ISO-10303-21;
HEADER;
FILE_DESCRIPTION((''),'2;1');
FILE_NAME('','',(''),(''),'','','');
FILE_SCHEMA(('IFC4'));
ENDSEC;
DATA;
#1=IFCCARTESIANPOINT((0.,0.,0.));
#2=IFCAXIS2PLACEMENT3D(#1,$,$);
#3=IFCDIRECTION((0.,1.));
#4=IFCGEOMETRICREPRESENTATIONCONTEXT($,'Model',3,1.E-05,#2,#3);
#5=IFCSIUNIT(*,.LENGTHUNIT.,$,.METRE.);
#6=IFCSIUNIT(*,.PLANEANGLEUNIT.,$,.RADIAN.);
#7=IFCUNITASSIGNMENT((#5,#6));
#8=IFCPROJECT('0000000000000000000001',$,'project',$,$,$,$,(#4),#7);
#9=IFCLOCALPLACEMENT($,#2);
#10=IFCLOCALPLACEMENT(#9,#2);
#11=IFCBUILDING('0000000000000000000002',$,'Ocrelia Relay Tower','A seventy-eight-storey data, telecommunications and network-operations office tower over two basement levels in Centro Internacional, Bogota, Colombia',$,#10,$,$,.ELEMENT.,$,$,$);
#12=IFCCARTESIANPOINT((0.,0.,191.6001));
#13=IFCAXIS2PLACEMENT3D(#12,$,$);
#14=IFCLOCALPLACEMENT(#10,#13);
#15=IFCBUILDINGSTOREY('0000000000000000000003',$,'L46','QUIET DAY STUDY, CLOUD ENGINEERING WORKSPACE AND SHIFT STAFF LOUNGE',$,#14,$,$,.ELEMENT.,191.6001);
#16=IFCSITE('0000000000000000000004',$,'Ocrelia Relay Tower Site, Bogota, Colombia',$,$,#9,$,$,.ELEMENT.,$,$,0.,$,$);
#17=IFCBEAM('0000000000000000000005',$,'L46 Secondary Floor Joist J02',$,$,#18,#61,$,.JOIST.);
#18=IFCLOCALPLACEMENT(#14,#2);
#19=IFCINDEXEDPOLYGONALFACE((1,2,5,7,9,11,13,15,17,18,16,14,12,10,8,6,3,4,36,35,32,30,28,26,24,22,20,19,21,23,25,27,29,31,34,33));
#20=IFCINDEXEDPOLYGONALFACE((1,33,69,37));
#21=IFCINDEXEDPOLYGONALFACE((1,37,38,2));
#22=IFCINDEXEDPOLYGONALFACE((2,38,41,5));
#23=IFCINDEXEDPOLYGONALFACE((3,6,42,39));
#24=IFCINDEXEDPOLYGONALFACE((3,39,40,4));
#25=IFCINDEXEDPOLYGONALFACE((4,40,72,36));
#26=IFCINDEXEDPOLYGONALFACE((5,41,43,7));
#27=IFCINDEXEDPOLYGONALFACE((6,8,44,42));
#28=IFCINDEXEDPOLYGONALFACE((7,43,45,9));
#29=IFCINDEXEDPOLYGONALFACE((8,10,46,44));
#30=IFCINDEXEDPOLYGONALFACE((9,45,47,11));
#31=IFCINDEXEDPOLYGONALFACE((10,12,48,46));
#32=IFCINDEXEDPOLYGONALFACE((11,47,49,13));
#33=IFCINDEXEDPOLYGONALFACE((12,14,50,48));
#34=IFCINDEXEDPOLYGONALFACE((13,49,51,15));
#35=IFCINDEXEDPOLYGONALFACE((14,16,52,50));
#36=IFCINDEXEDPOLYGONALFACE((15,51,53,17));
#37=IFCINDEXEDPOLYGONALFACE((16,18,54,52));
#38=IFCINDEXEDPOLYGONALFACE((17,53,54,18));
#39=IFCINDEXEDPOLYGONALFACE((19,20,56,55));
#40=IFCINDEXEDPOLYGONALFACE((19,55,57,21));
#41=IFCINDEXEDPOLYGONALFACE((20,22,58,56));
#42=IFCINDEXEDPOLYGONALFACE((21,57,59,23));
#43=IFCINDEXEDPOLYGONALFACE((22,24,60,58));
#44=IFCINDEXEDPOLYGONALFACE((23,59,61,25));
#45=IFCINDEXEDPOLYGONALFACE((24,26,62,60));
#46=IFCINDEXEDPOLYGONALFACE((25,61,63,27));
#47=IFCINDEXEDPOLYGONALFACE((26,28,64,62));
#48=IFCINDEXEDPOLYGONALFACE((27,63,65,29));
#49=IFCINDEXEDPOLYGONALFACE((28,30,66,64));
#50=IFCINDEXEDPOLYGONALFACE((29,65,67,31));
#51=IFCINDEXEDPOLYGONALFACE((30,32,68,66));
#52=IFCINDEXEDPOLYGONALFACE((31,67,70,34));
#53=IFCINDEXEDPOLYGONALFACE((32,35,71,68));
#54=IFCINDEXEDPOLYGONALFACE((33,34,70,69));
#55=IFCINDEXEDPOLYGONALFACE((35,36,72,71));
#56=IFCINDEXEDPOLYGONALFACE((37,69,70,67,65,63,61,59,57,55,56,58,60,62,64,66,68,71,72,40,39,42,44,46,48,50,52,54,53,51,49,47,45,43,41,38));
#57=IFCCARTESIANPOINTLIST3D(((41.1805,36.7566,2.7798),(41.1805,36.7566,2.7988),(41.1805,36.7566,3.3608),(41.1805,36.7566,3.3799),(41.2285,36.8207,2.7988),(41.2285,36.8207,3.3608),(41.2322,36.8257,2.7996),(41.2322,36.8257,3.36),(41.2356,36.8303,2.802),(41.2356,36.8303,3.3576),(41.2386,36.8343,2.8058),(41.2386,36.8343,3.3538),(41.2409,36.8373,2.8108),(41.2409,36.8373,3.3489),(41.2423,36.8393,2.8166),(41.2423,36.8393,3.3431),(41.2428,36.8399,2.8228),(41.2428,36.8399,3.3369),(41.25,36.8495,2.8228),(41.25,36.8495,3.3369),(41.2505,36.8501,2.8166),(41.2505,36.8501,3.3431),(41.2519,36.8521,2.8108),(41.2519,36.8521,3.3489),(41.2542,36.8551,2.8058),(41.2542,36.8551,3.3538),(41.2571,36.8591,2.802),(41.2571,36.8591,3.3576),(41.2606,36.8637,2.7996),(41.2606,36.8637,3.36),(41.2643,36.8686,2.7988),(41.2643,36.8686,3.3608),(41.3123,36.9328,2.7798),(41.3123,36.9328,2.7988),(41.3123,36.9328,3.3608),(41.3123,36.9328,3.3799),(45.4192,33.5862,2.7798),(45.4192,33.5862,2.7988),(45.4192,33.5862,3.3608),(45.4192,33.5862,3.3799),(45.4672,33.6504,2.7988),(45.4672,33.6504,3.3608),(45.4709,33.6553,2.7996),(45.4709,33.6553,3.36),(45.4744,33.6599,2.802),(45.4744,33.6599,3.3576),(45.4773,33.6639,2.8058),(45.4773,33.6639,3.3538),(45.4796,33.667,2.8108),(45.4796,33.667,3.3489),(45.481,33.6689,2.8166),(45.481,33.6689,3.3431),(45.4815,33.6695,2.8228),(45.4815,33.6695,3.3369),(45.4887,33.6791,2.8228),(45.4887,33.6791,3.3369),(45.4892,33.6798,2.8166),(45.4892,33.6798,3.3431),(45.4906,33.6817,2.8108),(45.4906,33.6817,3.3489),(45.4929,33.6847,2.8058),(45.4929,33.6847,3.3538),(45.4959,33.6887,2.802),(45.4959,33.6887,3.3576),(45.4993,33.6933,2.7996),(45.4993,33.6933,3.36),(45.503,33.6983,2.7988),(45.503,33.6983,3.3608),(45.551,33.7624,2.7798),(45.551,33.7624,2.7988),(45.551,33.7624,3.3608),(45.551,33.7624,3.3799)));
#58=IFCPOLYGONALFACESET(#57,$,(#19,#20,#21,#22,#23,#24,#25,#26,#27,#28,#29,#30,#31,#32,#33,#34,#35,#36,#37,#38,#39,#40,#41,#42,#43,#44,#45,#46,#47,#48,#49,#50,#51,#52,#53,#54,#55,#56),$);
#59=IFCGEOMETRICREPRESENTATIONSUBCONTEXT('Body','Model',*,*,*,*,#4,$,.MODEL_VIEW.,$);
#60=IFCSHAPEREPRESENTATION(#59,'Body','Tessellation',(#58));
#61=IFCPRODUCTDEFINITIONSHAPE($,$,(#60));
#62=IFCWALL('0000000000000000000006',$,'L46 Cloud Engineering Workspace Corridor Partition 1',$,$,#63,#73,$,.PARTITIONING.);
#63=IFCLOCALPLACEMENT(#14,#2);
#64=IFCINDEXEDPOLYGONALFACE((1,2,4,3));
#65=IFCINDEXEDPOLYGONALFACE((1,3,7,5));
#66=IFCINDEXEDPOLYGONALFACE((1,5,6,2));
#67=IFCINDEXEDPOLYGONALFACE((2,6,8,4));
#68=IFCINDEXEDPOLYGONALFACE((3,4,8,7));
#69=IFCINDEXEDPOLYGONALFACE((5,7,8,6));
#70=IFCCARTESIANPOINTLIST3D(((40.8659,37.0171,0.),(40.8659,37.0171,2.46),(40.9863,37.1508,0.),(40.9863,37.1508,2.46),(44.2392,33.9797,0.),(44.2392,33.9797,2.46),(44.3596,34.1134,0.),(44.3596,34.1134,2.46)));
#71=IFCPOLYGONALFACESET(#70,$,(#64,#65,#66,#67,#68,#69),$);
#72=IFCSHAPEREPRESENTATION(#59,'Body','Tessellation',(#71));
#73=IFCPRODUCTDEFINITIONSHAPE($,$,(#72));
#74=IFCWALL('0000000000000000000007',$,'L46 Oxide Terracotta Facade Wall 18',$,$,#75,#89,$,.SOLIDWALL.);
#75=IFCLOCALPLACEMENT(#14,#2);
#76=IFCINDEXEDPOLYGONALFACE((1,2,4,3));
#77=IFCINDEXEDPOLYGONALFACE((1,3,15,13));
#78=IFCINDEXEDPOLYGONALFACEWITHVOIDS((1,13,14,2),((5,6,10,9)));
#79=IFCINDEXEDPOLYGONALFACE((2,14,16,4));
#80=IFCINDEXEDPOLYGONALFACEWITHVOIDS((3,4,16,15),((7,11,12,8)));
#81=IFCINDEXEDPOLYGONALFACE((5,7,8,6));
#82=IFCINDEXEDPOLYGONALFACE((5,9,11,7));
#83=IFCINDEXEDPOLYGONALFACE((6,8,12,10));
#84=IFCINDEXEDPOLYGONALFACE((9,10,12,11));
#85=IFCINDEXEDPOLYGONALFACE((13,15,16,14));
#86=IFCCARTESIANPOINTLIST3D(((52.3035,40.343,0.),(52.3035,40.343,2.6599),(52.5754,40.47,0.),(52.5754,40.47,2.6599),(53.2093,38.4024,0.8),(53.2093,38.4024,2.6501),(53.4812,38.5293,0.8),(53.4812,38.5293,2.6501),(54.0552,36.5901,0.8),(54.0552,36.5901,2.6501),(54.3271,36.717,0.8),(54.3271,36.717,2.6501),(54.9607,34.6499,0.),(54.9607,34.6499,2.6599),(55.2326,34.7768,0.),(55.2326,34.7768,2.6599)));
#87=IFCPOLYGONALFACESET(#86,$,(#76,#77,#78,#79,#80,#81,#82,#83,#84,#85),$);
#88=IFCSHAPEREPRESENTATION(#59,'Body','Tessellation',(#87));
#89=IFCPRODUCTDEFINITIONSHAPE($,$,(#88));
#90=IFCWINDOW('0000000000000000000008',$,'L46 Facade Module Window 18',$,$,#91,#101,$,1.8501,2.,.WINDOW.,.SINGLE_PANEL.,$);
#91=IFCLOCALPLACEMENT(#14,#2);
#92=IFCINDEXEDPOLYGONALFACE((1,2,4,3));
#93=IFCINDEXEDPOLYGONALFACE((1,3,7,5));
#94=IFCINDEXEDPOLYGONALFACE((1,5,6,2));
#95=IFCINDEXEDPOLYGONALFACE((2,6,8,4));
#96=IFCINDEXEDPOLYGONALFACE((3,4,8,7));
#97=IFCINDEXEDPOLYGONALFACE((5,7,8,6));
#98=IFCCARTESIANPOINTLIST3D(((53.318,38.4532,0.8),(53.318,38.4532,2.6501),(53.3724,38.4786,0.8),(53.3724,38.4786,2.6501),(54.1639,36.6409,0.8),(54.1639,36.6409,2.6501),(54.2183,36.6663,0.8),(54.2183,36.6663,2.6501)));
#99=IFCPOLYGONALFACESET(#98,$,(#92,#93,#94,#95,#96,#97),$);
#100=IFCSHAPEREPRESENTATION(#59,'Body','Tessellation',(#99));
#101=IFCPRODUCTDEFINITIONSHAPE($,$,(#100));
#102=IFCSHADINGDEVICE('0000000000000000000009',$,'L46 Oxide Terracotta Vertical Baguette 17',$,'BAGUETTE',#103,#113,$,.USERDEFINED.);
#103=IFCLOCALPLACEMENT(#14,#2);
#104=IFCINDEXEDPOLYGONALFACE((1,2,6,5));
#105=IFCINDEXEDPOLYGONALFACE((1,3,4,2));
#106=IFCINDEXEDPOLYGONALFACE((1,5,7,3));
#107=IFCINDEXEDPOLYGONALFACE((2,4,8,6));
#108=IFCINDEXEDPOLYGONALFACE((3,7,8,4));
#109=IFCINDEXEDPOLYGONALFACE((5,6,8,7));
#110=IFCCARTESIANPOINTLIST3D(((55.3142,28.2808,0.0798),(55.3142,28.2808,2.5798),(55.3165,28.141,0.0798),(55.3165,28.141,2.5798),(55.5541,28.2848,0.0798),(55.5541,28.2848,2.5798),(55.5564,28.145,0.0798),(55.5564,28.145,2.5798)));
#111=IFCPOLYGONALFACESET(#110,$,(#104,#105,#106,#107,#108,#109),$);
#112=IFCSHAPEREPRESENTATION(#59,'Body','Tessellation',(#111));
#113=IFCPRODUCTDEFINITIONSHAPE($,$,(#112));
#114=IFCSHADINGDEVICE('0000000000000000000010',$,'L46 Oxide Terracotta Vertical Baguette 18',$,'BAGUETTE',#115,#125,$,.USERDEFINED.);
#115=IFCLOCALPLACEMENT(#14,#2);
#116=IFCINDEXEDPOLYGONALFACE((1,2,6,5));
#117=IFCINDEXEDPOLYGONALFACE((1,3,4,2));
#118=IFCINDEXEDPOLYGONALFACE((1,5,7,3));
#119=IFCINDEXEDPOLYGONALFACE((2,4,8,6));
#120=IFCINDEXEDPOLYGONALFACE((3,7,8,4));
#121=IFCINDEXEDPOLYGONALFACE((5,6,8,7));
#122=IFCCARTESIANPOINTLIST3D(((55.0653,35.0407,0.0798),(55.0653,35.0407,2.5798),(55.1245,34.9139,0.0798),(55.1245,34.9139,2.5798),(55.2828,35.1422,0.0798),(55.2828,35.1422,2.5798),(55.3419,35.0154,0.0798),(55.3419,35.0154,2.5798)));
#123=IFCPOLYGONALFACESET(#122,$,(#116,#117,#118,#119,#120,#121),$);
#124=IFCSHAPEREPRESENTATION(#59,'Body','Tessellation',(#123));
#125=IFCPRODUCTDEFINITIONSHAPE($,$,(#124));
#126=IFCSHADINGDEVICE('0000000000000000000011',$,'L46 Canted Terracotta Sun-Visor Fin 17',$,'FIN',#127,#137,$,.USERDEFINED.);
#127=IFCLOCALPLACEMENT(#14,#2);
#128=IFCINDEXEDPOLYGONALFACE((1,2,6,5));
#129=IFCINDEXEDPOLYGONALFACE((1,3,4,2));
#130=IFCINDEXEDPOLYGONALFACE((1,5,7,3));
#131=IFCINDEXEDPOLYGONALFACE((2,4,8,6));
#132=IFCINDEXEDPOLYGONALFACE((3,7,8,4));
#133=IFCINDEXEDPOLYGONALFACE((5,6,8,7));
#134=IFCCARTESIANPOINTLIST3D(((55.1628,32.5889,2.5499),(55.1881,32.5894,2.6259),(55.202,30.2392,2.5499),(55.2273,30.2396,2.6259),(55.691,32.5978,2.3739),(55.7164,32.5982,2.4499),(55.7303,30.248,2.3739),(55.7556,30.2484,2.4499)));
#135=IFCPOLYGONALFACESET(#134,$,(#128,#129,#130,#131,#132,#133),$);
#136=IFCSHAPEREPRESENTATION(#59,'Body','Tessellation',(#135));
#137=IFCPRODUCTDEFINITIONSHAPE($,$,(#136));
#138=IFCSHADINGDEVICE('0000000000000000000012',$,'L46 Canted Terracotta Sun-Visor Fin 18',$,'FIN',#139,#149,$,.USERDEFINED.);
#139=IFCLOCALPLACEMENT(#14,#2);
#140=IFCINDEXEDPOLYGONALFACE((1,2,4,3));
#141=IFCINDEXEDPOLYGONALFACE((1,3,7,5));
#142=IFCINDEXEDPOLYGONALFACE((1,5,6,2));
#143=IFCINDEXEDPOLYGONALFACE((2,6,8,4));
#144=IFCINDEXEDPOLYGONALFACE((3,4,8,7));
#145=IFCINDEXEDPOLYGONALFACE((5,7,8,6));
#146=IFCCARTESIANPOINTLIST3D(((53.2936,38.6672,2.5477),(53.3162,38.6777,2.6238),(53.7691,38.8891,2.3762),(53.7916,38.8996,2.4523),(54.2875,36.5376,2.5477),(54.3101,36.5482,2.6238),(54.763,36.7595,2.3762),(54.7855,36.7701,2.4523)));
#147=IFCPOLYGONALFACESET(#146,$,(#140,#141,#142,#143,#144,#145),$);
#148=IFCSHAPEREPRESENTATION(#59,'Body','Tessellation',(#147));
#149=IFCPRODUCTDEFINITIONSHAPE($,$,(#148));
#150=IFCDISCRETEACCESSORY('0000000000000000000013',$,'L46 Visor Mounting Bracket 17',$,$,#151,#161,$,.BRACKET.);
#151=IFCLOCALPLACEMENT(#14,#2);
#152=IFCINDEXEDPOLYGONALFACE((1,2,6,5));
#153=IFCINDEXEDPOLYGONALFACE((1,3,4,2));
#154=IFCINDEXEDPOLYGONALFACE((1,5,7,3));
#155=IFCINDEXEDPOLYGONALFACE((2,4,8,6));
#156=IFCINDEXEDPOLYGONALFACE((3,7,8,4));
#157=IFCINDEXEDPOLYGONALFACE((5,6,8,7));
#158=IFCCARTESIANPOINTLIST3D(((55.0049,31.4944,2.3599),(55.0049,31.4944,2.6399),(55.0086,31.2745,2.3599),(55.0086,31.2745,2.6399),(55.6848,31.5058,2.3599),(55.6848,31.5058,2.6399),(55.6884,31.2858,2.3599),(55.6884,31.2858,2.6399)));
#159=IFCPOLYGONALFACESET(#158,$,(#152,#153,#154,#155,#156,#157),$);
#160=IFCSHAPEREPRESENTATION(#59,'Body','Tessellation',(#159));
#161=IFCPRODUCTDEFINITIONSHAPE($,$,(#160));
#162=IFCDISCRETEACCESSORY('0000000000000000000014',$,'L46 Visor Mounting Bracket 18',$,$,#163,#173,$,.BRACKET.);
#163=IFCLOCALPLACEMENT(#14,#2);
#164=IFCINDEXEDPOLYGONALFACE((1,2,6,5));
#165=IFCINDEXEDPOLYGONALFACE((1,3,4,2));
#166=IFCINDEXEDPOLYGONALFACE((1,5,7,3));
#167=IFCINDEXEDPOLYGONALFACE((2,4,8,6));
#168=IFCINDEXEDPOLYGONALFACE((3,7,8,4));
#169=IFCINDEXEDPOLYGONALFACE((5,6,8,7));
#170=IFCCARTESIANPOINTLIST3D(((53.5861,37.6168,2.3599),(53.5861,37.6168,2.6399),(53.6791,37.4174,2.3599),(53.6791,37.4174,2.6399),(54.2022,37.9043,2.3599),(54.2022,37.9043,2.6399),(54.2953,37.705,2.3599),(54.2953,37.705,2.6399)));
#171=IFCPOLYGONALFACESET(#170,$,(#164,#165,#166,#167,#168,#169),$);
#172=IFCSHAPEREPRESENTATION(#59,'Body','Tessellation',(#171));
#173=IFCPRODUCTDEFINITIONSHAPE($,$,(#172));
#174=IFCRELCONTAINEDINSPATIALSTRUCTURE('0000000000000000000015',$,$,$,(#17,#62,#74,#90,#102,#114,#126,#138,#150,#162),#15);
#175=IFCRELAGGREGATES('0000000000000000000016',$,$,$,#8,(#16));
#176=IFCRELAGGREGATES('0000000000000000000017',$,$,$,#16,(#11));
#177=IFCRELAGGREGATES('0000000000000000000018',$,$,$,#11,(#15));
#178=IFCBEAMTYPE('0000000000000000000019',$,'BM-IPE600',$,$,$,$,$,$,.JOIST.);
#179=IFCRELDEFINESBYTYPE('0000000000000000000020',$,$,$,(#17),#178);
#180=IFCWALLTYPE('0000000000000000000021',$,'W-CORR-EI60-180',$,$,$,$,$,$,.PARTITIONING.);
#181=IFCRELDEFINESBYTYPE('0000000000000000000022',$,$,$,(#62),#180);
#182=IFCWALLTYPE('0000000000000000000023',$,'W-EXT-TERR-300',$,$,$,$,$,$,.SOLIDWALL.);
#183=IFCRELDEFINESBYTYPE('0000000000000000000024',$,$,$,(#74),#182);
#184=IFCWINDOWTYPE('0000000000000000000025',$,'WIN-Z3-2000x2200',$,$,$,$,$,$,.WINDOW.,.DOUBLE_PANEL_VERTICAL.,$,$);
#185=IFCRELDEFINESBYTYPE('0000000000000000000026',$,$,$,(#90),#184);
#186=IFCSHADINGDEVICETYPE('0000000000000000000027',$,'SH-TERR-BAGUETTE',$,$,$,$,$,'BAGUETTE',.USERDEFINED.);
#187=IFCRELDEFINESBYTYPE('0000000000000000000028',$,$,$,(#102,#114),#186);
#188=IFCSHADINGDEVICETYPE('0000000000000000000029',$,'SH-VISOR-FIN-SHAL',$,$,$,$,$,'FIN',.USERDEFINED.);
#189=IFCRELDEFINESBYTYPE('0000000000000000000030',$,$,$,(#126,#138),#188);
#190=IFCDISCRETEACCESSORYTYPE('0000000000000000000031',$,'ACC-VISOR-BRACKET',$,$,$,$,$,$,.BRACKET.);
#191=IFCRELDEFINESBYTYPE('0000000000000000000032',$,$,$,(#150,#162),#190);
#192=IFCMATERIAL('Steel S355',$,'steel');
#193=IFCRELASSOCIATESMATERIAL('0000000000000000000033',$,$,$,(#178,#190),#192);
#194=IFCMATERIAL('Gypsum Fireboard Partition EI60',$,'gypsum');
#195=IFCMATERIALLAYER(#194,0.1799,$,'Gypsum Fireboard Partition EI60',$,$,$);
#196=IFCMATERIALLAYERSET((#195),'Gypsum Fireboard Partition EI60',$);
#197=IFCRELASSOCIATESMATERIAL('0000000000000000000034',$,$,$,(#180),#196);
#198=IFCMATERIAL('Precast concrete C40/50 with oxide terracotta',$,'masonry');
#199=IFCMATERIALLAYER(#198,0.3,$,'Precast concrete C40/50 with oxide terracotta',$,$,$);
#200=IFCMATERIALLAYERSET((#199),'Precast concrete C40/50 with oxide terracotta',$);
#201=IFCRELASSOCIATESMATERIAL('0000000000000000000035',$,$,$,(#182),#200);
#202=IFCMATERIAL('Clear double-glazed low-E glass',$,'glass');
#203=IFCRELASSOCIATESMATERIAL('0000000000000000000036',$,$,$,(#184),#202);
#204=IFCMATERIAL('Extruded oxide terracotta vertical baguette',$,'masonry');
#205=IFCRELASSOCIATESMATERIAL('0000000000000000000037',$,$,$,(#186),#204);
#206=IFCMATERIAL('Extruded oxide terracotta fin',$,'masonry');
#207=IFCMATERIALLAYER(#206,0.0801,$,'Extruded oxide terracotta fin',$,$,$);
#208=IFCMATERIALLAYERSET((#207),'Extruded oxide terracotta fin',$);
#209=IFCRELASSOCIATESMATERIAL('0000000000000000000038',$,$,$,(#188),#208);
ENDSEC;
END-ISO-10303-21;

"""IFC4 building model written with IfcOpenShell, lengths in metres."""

from ifc_helpers import new_model, si_unit, direction, frame, frame_2d, origin, origin_2d, place, context, subcontext, project, spatial, rectangle, i_section, extrude, material, layer, layer_set, material_profile, profile_set, type_object, element, fill, save


model = new_model("IFC4")

# Units and contexts
model_context = context("Model", 3, precision=1e-05, world=origin(), true_north=direction((0.0, 1.0)))
body_context = subcontext(model_context, "Body", "Model", "MODEL_VIEW")
ifc_project = project(units=[si_unit("LENGTHUNIT", "METRE"), si_unit("PLANEANGLEUNIT", "RADIAN")], contexts=[model_context])

# Site, building, storey
site_placement = place(None, origin())
site = spatial("IfcSite", under=ifc_project, at=site_placement, Name="Ocrelia Relay Tower Site, Bogota, Colombia", CompositionType="ELEMENT", RefElevation=0.0)
building_placement = place(site_placement, origin())
building = spatial("IfcBuilding", under=site, at=building_placement, Name="Ocrelia Relay Tower", Description="A seventy-eight-storey data, telecommunications and network-operations office tower over two basement levels in Centro Internacional, Bogota, Colombia", CompositionType="ELEMENT")
storey_placement = place(building_placement, frame((0.0, 0.0, 191.6001)))
storey = spatial("IfcBuildingStorey", under=building, at=storey_placement, Name="L46", Description="QUIET DAY STUDY, CLOUD ENGINEERING WORKSPACE AND SHIFT STAFF LOUNGE", CompositionType="ELEMENT", Elevation=191.6001)

# Beam
ifc_material_1 = material(Name="Steel S355", Category="steel")
ifc_material_profile_1 = material_profile(ifc_material_1, i_section(OverallWidth=0.22, OverallDepth=0.6001, WebThickness=0.012, FlangeThickness=0.019, FilletRadius=0.0239, at=origin_2d()), Name="IPE 600")
ifc_profile_set_1 = profile_set([ifc_material_profile_1], Name="Steel S355")
beam_type_1 = type_object("IfcBeamType", Name="BM-IPE600", PredefinedType="JOIST", material=ifc_profile_set_1)
beam_1_placement = place(storey_placement, frame((45.4851, 33.6743, 3.0798), z_axis=(-0.800785, 0.598952, 0.0), x_axis=(-0.598952, -0.800785, 0.0)))
element("IfcBeam", 1, at=beam_1_placement, inside=storey, type_object=beam_type_1, Name="L46 Secondary Floor Joist J02", PredefinedType="JOIST", context=body_context, shape_type="SweptSolid", body=[
    extrude(i_section(OverallWidth=0.22, OverallDepth=0.6001, WebThickness=0.012, FlangeThickness=0.019, FilletRadius=0.0239, at=origin_2d()), origin(), (0.0, 0.0, 1.0), 5.2932),
])

# Shared definitions
ifc_material_2 = material(Name="Gypsum Fireboard Partition EI60", Category="gypsum")
ifc_layer_1 = layer(ifc_material_2, 0.1799, Name="Gypsum Fireboard Partition EI60")
ifc_layer_set_1 = layer_set([ifc_layer_1], Name="Gypsum Fireboard Partition EI60")
wall_type_1 = type_object("IfcWallType", Name="W-CORR-EI60-180", PredefinedType="PARTITIONING", material=ifc_layer_set_1)

# Wall
wall_1_placement = place(storey_placement, frame((44.2993, 34.0466, 0.0), z_axis=(0.0, 0.0, 1.0), x_axis=(-0.743142, 0.669134, 0.0)))
element("IfcWall", 2, at=wall_1_placement, inside=storey, type_object=wall_type_1, Name="L46 Cloud Engineering Workspace Corridor Partition 1", PredefinedType="PARTITIONING", context=body_context, shape_type="SweptSolid", body=[
    extrude(rectangle(XDim=4.5393, YDim=0.1799, at=frame_2d((2.2695, 0.0))), origin(), (0.0, 0.0, 1.0), 2.46),
])

# Wall, opening, window
ifc_material_3 = material(Name="Precast concrete C40/50 with oxide terracotta", Category="masonry")
ifc_layer_2 = layer(ifc_material_3, 0.3, Name="Precast concrete C40/50 with oxide terracotta")
ifc_layer_set_2 = layer_set([ifc_layer_2], Name="Precast concrete C40/50 with oxide terracotta")
wall_type_2 = type_object("IfcWallType", Name="W-EXT-TERR-300", PredefinedType="SOLIDWALL", material=ifc_layer_set_2)
wall_2_placement = place(storey_placement, frame((55.0967, 34.7134, 0.0), z_axis=(0.0, 0.0, 1.0), x_axis=(-0.422943, 0.906156, 0.0)))
wall_2 = element("IfcWall", 3, at=wall_2_placement, inside=storey, type_object=wall_type_2, Name="L46 Oxide Terracotta Facade Wall 18", PredefinedType="SOLIDWALL", context=body_context, shape_type="SweptSolid", body=[
    extrude(rectangle(XDim=6.2827, YDim=0.3, at=frame_2d((3.1414, 0.0))), origin(), (0.0, 0.0, 1.0), 2.6599),
])
opening_1_placement = place(wall_2_placement, frame((2.1411, 0.0, 0.8)))
opening_1 = element("IfcOpeningElement", 4, at=opening_1_placement, cuts=wall_2, PredefinedType="OPENING", context=body_context, shape_type="SweptSolid", body=[
    extrude(rectangle(XDim=2.0, YDim=1.8501, at=frame_2d((1.0, 0.925))), frame((0.0, 0.1602, 0.0), z_axis=(0.0, -1.0, 0.0), x_axis=(1.0, 0.0, 0.0)), (0.0, 0.0, 1.0), 0.3201),
])
ifc_material_4 = material(Name="Clear double-glazed low-E glass", Category="glass")
window_type = type_object("IfcWindowType", Name="WIN-Z3-2000x2200", PartitioningType="DOUBLE_PANEL_VERTICAL", PredefinedType="WINDOW", material=ifc_material_4)
window_placement = place(opening_1_placement, origin())
window = element("IfcWindow", 5, at=window_placement, inside=storey, type_object=window_type, Name="L46 Facade Module Window 18", OverallHeight=1.8501, OverallWidth=2.0, PartitioningType="SINGLE_PANEL", PredefinedType="WINDOW", context=body_context, shape_type="SweptSolid", body=[
    extrude(rectangle(XDim=2.0, YDim=1.8501, at=frame_2d((1.0, 0.925))), frame((0.0, 0.03, 0.0), z_axis=(0.0, -1.0, 0.0), x_axis=(1.0, 0.0, 0.0)), (0.0, 0.0, 1.0), 0.0601),
])
fill(opening_1, window)

# Shading devices
ifc_material_5 = material(Name="Extruded oxide terracotta vertical baguette", Category="masonry")
shading_device_type_1 = type_object("IfcShadingDeviceType", Name="SH-TERR-BAGUETTE", ElementType="BAGUETTE", PredefinedType="USERDEFINED", material=ifc_material_5)
for number, where, z_axis, x_axis, name in (
    (6, (55.4353, 28.2129, 0.0798), (0.0, 0.0, 1.0), (-0.016694, 0.999861, 0.0), "L46 Oxide Terracotta Vertical Baguette 17"),
    (7, (55.2036, 35.0281, 0.0798), (0.0, 0.0, 1.0), (-0.422921, 0.906166, 0.0), "L46 Oxide Terracotta Vertical Baguette 18"),
):
    element("IfcShadingDevice", number, at=place(storey_placement, frame(where, z_axis=z_axis, x_axis=x_axis)), inside=storey, type_object=shading_device_type_1, Name=name, ObjectType="BAGUETTE", PredefinedType="USERDEFINED", context=body_context, shape_type="SweptSolid", body=[
        extrude(rectangle(XDim=0.1399, YDim=0.24, at=origin_2d()), origin(), (0.0, 0.0, 1.0), 2.5),
    ])
ifc_material_6 = material(Name="Extruded oxide terracotta fin", Category="masonry")
ifc_layer_3 = layer(ifc_material_6, 0.0801, Name="Extruded oxide terracotta fin")
ifc_layer_set_3 = layer_set([ifc_layer_3], Name="Extruded oxide terracotta fin")
shading_device_type_2 = type_object("IfcShadingDeviceType", Name="SH-VISOR-FIN-SHAL", ElementType="FIN", PredefinedType="USERDEFINED", material=ifc_layer_set_3)
shading_device_1_placement = place(storey_placement, frame((55.4465, 31.4185, 2.4619), z_axis=(0.316102, 0.005278, 0.948711), x_axis=(-0.016694, 0.999861, 0.0)))
element("IfcShadingDevice", 8, at=shading_device_1_placement, inside=storey, type_object=shading_device_type_2, Name="L46 Canted Terracotta Sun-Visor Fin 17", ObjectType="FIN", PredefinedType="USERDEFINED", context=body_context, shape_type="SweptSolid", body=[
    extrude(rectangle(XDim=2.3501, YDim=0.5569, at=origin_2d()), origin(), (0.0, 0.0, 1.0), 0.0801),
])
shading_device_2_placement = place(storey_placement, frame((54.0283, 37.7134, 2.4619), z_axis=(0.281525, 0.131392, 0.950516), x_axis=(-0.422921, 0.906166, 0.0)))
element("IfcShadingDevice", 9, at=shading_device_2_placement, inside=storey, type_object=shading_device_type_2, Name="L46 Canted Terracotta Sun-Visor Fin 18", ObjectType="FIN", PredefinedType="USERDEFINED", context=body_context, shape_type="SweptSolid", body=[
    extrude(rectangle(XDim=2.3501, YDim=0.552, at=origin_2d()), origin(), (0.0, 0.0, 1.0), 0.0801),
])

# Discrete accessories
discrete_accessory_type = type_object("IfcDiscreteAccessoryType", Name="ACC-VISOR-BRACKET", PredefinedType="BRACKET", material=ifc_material_1)
for number, where, z_axis, x_axis, name in (
    (10, (55.3467, 31.3901, 2.3599), (0.0, 0.0, 1.0), (-0.016694, 0.999861, 0.0), "L46 Visor Mounting Bracket 17"),
    (11, (53.9407, 37.6609, 2.3599), (0.0, 0.0, 1.0), (-0.422921, 0.906166, 0.0), "L46 Visor Mounting Bracket 18"),
):
    element("IfcDiscreteAccessory", number, at=place(storey_placement, frame(where, z_axis=z_axis, x_axis=x_axis)), inside=storey, type_object=discrete_accessory_type, Name=name, PredefinedType="BRACKET", context=body_context, shape_type="SweptSolid", body=[
        extrude(rectangle(XDim=0.22, YDim=0.6799, at=origin_2d()), origin(), (0.0, 0.0, 1.0), 0.28),
    ])

save(model, "model.ifc")
